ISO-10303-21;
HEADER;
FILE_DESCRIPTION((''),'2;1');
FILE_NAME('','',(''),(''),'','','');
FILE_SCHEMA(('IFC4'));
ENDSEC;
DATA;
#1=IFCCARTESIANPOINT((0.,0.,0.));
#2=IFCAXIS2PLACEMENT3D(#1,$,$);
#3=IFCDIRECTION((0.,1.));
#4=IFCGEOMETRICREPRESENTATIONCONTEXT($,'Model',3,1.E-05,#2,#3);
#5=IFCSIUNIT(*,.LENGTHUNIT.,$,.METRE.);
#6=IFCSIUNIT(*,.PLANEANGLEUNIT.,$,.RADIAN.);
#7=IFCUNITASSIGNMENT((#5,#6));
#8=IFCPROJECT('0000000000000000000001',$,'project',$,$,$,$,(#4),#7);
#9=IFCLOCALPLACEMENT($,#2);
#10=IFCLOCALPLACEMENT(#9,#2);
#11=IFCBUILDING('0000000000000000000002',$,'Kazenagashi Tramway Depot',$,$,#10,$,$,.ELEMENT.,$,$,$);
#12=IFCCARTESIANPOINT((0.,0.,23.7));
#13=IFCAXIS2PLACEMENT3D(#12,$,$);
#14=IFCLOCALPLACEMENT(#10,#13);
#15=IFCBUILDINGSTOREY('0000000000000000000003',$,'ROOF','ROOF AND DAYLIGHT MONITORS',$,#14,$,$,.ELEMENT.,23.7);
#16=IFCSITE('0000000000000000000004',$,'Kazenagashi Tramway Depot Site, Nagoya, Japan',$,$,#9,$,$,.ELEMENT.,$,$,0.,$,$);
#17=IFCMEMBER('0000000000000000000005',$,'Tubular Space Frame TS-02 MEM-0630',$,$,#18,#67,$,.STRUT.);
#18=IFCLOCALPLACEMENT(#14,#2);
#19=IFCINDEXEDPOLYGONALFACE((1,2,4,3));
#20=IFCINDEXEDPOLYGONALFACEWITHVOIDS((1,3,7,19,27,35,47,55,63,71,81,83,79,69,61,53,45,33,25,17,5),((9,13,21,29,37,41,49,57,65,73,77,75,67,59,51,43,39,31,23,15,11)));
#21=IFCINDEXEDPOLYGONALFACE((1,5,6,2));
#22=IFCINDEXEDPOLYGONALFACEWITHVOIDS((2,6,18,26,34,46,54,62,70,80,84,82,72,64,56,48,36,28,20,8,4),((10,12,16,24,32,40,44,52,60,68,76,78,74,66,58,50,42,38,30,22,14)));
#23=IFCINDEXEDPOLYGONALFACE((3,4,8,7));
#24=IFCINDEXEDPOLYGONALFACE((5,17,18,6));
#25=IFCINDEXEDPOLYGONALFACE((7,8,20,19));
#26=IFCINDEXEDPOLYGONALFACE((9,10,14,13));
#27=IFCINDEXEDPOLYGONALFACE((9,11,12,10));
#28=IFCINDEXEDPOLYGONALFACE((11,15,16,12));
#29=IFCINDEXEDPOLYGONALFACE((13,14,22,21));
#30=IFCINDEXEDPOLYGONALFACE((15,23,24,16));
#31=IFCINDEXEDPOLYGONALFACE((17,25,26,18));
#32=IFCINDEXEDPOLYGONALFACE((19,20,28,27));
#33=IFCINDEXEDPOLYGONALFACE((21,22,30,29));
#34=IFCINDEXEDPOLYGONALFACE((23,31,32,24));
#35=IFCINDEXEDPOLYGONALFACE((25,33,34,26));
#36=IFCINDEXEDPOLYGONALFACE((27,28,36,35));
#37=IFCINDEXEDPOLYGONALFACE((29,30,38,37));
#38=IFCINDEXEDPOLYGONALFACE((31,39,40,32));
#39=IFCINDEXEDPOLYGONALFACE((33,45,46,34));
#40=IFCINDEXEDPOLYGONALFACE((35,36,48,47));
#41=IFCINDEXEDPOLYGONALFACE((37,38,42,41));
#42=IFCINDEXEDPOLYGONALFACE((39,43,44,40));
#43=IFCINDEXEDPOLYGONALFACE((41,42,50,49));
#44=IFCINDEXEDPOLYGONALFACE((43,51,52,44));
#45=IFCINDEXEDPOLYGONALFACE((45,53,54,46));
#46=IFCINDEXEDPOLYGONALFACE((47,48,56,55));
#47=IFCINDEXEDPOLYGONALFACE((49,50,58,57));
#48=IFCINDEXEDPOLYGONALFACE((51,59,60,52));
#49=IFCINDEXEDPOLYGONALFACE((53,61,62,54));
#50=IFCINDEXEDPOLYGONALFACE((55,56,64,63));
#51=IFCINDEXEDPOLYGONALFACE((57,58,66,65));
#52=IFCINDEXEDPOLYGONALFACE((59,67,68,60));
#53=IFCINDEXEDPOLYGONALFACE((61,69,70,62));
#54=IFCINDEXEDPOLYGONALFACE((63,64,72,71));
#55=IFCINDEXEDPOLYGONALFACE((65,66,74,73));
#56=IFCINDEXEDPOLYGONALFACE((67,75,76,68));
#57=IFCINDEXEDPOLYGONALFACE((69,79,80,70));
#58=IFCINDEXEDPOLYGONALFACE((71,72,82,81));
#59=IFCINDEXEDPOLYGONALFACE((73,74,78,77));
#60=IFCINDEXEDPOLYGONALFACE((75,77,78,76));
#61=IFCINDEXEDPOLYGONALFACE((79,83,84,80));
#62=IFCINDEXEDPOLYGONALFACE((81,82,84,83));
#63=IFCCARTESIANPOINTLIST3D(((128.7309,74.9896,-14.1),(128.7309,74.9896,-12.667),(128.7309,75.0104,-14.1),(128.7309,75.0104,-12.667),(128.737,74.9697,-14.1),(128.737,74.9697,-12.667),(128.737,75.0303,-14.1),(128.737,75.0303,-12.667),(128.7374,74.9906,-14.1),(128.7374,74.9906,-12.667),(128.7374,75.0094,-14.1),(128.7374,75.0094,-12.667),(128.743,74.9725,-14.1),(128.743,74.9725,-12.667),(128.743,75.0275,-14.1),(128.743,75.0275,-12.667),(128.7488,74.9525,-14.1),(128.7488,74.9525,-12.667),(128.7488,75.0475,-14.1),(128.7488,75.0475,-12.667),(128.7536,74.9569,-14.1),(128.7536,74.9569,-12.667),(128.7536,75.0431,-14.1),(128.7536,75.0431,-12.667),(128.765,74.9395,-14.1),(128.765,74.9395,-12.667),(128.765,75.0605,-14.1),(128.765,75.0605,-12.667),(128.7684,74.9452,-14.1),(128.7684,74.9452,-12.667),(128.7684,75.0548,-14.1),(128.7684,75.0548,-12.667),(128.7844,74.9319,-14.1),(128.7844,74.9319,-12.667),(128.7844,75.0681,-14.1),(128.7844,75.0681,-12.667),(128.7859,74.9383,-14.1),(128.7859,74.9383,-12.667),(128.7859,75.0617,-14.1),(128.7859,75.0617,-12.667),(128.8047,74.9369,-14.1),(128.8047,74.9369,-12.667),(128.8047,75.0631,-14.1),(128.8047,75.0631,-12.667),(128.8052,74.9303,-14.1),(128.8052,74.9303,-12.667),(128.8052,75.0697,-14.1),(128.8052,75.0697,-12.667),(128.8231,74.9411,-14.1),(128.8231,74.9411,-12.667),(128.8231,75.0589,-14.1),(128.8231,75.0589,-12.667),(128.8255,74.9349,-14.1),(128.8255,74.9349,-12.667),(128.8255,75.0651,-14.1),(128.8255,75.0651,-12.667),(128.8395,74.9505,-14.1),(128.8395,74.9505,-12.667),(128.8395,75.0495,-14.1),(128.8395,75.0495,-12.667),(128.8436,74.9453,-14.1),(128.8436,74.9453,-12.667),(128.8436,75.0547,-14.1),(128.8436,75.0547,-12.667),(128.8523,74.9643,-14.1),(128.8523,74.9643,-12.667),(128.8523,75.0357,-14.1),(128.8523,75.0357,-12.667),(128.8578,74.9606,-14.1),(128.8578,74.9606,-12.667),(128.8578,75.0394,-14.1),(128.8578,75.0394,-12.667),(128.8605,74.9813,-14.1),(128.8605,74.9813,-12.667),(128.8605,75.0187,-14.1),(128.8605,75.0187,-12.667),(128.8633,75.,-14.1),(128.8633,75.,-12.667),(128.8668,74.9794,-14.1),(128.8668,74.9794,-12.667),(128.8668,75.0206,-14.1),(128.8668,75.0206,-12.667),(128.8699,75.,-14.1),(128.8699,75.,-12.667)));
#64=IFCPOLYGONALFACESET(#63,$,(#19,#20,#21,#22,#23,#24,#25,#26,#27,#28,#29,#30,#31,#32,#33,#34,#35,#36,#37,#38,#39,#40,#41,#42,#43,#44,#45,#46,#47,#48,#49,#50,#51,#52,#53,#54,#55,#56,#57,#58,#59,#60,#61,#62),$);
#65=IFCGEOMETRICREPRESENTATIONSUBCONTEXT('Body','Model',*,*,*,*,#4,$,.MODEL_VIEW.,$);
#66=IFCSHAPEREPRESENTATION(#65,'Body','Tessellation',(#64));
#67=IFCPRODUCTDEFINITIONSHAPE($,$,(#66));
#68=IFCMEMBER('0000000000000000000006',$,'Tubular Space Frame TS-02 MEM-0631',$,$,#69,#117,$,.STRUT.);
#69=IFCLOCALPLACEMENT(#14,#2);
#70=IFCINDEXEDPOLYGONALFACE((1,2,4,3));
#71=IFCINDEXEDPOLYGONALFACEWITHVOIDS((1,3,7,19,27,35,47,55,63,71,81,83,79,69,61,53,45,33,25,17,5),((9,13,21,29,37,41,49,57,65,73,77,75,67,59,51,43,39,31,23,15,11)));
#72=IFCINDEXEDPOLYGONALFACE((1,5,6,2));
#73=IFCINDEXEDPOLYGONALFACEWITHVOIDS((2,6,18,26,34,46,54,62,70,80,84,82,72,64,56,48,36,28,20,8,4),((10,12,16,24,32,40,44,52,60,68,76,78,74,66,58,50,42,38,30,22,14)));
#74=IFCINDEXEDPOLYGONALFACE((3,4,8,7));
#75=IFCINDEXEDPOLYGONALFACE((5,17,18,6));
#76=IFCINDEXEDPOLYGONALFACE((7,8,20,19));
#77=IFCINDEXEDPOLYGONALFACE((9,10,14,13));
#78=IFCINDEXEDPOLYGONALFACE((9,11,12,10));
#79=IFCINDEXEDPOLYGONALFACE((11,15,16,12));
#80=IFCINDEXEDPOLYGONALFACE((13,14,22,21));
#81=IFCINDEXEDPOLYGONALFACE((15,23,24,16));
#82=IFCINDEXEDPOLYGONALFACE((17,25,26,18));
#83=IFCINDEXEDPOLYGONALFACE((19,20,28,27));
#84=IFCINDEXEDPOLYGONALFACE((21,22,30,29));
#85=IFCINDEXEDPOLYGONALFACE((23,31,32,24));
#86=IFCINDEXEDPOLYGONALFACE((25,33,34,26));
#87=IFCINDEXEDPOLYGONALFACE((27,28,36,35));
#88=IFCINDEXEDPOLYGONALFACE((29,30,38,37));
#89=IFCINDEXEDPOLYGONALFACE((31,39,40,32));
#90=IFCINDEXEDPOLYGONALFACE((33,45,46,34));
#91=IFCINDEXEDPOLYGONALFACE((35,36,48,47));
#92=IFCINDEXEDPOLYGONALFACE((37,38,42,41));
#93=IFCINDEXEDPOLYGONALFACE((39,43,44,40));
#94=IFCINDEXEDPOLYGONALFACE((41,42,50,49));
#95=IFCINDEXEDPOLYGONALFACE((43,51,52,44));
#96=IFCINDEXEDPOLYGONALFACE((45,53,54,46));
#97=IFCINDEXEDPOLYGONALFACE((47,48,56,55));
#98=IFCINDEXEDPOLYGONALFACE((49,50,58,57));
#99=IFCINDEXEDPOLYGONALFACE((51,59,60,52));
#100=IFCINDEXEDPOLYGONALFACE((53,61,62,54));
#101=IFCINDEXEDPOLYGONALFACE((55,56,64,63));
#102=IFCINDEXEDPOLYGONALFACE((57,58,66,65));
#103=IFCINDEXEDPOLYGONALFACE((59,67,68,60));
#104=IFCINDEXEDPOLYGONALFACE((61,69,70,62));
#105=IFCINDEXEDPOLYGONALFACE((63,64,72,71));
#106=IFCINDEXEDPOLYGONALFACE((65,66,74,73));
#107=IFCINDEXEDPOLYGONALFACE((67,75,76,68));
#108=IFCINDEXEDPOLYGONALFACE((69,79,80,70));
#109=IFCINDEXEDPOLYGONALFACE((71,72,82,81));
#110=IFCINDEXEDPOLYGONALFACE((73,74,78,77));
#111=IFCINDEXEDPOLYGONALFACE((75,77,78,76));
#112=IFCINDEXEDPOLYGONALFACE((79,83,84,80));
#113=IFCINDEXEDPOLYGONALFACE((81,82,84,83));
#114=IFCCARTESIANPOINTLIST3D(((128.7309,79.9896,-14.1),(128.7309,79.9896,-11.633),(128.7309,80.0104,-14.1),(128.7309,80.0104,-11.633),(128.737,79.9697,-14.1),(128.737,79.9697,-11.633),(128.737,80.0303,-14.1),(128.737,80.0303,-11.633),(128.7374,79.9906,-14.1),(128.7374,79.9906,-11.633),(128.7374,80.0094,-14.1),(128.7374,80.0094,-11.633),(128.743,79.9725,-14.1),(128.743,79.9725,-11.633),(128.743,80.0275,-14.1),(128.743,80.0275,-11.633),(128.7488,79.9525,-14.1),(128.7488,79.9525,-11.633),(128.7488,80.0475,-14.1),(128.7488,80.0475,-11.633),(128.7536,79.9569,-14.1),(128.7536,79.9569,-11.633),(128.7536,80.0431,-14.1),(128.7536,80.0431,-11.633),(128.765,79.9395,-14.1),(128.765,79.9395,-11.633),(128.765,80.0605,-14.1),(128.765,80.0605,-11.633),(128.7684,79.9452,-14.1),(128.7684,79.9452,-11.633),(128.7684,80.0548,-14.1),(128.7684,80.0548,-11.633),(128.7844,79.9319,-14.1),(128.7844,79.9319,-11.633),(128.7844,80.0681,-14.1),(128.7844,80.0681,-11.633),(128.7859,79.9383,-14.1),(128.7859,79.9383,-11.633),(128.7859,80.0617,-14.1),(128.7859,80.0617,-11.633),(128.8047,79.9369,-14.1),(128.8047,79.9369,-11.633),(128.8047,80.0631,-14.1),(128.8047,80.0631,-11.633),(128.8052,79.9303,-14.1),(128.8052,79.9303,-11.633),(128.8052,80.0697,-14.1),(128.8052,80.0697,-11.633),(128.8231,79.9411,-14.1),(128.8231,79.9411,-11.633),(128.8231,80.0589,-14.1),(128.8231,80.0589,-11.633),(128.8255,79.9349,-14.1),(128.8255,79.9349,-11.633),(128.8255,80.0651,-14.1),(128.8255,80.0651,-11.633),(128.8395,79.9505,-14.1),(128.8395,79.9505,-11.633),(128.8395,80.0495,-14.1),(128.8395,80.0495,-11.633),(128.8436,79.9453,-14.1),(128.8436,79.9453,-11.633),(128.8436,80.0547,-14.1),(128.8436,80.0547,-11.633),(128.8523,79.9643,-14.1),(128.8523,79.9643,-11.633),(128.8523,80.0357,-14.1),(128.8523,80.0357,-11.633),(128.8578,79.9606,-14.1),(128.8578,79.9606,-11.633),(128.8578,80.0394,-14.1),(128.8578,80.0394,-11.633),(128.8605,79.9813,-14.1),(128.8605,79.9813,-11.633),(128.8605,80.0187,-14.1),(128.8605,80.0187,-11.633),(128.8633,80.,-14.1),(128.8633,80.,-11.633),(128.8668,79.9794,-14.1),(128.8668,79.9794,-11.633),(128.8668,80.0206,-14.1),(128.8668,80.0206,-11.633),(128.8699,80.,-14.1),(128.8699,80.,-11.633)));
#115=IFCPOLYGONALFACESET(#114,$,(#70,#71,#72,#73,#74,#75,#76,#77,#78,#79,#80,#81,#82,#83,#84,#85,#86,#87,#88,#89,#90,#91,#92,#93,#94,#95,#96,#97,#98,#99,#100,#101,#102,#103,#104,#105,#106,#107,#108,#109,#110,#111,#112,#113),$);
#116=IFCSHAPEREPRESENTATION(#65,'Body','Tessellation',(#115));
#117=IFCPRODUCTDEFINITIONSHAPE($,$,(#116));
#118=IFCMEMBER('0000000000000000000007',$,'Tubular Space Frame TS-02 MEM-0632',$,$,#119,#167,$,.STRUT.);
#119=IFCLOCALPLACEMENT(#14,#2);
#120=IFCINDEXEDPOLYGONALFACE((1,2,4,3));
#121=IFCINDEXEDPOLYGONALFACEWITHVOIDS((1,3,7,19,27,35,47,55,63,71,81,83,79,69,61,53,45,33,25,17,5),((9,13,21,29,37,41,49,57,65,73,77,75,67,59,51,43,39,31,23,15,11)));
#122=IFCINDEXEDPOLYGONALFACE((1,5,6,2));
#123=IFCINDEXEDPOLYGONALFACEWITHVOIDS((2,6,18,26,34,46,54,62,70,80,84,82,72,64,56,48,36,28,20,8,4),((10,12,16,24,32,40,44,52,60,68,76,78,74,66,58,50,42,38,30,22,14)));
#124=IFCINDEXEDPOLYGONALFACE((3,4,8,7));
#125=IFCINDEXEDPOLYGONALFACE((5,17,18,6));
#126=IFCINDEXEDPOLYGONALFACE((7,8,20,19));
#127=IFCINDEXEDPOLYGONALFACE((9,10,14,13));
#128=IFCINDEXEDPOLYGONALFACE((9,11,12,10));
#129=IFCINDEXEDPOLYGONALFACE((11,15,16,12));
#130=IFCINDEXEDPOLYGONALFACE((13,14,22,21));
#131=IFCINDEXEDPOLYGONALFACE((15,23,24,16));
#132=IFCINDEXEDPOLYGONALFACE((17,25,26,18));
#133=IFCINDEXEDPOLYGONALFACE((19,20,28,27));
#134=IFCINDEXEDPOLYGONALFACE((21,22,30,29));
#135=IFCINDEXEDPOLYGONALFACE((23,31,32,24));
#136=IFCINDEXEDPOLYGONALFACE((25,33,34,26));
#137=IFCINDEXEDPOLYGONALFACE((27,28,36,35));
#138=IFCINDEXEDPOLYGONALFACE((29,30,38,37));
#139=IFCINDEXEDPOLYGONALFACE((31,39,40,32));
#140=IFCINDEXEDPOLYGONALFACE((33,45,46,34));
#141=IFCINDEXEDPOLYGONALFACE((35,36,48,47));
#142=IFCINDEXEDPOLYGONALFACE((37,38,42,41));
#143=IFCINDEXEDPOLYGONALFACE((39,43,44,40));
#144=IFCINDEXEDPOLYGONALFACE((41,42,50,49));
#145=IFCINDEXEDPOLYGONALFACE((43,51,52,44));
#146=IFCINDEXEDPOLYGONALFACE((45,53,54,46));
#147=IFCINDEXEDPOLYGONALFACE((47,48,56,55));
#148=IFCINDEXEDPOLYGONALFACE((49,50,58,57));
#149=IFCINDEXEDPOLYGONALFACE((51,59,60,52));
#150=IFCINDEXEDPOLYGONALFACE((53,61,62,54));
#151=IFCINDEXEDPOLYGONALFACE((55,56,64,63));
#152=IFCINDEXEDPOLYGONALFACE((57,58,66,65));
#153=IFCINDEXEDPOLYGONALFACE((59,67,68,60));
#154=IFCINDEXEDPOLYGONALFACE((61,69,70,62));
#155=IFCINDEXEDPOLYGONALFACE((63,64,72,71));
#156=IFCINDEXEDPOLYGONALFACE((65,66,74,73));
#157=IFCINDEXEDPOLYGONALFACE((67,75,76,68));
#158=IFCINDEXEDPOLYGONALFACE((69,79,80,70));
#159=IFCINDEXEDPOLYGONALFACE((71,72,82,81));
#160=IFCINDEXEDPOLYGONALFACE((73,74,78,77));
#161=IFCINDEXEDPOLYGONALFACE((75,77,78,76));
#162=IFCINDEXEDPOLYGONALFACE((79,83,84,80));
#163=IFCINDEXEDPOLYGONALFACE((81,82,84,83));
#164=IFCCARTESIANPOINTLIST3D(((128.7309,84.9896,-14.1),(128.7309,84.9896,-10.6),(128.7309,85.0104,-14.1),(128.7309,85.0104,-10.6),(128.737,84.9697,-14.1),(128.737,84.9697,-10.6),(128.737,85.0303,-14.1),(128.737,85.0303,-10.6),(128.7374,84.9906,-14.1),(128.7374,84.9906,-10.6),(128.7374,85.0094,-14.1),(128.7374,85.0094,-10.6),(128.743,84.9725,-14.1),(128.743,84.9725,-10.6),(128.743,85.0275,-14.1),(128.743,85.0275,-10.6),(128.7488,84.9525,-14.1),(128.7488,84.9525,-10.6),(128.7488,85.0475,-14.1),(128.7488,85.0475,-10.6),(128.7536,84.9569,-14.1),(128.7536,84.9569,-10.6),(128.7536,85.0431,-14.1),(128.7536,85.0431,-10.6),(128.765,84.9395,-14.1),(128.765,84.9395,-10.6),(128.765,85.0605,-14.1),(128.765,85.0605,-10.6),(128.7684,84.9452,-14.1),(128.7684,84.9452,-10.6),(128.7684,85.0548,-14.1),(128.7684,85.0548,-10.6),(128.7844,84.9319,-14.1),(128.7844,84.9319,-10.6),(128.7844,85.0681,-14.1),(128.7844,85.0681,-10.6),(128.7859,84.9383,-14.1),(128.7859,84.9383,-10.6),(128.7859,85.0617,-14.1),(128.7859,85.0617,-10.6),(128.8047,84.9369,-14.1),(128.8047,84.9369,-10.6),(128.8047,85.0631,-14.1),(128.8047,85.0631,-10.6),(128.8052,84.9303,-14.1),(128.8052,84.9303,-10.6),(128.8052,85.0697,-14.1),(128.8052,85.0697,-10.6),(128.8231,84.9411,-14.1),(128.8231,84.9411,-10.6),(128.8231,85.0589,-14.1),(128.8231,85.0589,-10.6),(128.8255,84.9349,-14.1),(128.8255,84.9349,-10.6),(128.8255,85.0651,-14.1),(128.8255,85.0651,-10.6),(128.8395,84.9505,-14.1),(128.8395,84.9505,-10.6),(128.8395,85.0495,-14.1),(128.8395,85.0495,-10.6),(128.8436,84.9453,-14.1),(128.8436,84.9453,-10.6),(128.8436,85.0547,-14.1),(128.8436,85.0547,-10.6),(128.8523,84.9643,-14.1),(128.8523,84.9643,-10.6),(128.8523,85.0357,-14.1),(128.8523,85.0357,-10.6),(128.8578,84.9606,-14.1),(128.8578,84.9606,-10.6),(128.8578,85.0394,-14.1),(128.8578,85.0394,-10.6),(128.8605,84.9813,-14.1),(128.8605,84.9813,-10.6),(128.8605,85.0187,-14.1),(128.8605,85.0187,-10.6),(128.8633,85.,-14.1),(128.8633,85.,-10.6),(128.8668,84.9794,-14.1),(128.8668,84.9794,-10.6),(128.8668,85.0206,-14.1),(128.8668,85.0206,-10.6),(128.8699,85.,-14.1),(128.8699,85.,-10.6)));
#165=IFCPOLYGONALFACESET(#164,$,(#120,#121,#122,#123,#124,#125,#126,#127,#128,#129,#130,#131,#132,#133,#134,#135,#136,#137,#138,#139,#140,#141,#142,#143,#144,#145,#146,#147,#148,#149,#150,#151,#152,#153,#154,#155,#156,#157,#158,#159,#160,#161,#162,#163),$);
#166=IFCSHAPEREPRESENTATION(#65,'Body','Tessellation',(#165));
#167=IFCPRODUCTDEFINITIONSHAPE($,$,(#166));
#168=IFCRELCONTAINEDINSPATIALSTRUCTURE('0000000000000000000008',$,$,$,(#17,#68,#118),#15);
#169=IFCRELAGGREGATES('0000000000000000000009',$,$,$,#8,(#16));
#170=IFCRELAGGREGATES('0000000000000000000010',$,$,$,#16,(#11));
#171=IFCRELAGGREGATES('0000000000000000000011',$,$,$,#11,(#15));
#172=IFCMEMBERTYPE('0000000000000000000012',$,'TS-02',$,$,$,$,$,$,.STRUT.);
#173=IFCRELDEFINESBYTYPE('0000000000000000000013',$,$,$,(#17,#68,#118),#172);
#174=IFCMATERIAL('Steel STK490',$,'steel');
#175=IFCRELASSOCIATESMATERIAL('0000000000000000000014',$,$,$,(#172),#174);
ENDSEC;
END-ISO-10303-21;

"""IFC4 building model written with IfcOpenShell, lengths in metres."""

from ifc_helpers import new_model, si_unit, direction, frame, origin, origin_2d, place, context, subcontext, project, spatial, hollow_circle, extrude, material, material_profile, profile_set, type_object, element, save


model = new_model("IFC4")

# Units and contexts
model_context = context("Model", 3, precision=1e-05, world=origin(), true_north=direction((0.0, 1.0)))
body_context = subcontext(model_context, "Body", "Model", "MODEL_VIEW")
ifc_project = project(units=[si_unit("LENGTHUNIT", "METRE"), si_unit("PLANEANGLEUNIT", "RADIAN")], contexts=[model_context])

# Site, building, storey
site_placement = place(None, origin())
site = spatial("IfcSite", under=ifc_project, at=site_placement, Name="Kazenagashi Tramway Depot Site, Nagoya, Japan", CompositionType="ELEMENT", RefElevation=0.0)
building_placement = place(site_placement, origin())
building = spatial("IfcBuilding", under=site, at=building_placement, Name="Kazenagashi Tramway Depot", CompositionType="ELEMENT")
storey_placement = place(building_placement, frame((0.0, 0.0, 23.7)))
storey = spatial("IfcBuildingStorey", under=building, at=storey_placement, Name="ROOF", Description="ROOF AND DAYLIGHT MONITORS", CompositionType="ELEMENT", Elevation=23.7)

# Members
ifc_material_1 = material(Name="Steel STK490", Category="steel")
ifc_material_profile_1 = material_profile(ifc_material_1, hollow_circle(Radius=0.0699, WallThickness=0.0066, at=origin_2d()), Name="CHS-139.8x6.6")
ifc_profile_set_1 = profile_set([ifc_material_profile_1], Name="Steel STK490")
member_type_1 = type_object("IfcMemberType", Name="TS-02", PredefinedType="STRUT", material=ifc_profile_set_1)
member_1_placement = place(storey_placement, frame((128.8, 75.0, -14.1), z_axis=(0.0, 0.0, 1.0), x_axis=(1.0, 0.0, 0.0)))
element("IfcMember", 1, at=member_1_placement, inside=storey, type_object=member_type_1, Name="Tubular Space Frame TS-02 MEM-0630", PredefinedType="STRUT", context=body_context, shape_type="SweptSolid", body=[
    extrude(hollow_circle(Radius=0.0699, WallThickness=0.0066, at=origin_2d()), origin(), (0.0, 0.0, 1.0), 1.433),
])
member_2_placement = place(storey_placement, frame((128.8, 80.0, -14.1), z_axis=(0.0, 0.0, 1.0), x_axis=(1.0, 0.0, 0.0)))
element("IfcMember", 2, at=member_2_placement, inside=storey, type_object=member_type_1, Name="Tubular Space Frame TS-02 MEM-0631", PredefinedType="STRUT", context=body_context, shape_type="SweptSolid", body=[
    extrude(hollow_circle(Radius=0.0699, WallThickness=0.0066, at=origin_2d()), origin(), (0.0, 0.0, 1.0), 2.467),
])
member_3_placement = place(storey_placement, frame((128.8, 85.0, -14.1), z_axis=(0.0, 0.0, 1.0), x_axis=(1.0, 0.0, 0.0)))
element("IfcMember", 3, at=member_3_placement, inside=storey, type_object=member_type_1, Name="Tubular Space Frame TS-02 MEM-0632", PredefinedType="STRUT", context=body_context, shape_type="SweptSolid", body=[
    extrude(hollow_circle(Radius=0.0699, WallThickness=0.0066, at=origin_2d()), origin(), (0.0, 0.0, 1.0), 3.5),
])

save(model, "model.ifc")
